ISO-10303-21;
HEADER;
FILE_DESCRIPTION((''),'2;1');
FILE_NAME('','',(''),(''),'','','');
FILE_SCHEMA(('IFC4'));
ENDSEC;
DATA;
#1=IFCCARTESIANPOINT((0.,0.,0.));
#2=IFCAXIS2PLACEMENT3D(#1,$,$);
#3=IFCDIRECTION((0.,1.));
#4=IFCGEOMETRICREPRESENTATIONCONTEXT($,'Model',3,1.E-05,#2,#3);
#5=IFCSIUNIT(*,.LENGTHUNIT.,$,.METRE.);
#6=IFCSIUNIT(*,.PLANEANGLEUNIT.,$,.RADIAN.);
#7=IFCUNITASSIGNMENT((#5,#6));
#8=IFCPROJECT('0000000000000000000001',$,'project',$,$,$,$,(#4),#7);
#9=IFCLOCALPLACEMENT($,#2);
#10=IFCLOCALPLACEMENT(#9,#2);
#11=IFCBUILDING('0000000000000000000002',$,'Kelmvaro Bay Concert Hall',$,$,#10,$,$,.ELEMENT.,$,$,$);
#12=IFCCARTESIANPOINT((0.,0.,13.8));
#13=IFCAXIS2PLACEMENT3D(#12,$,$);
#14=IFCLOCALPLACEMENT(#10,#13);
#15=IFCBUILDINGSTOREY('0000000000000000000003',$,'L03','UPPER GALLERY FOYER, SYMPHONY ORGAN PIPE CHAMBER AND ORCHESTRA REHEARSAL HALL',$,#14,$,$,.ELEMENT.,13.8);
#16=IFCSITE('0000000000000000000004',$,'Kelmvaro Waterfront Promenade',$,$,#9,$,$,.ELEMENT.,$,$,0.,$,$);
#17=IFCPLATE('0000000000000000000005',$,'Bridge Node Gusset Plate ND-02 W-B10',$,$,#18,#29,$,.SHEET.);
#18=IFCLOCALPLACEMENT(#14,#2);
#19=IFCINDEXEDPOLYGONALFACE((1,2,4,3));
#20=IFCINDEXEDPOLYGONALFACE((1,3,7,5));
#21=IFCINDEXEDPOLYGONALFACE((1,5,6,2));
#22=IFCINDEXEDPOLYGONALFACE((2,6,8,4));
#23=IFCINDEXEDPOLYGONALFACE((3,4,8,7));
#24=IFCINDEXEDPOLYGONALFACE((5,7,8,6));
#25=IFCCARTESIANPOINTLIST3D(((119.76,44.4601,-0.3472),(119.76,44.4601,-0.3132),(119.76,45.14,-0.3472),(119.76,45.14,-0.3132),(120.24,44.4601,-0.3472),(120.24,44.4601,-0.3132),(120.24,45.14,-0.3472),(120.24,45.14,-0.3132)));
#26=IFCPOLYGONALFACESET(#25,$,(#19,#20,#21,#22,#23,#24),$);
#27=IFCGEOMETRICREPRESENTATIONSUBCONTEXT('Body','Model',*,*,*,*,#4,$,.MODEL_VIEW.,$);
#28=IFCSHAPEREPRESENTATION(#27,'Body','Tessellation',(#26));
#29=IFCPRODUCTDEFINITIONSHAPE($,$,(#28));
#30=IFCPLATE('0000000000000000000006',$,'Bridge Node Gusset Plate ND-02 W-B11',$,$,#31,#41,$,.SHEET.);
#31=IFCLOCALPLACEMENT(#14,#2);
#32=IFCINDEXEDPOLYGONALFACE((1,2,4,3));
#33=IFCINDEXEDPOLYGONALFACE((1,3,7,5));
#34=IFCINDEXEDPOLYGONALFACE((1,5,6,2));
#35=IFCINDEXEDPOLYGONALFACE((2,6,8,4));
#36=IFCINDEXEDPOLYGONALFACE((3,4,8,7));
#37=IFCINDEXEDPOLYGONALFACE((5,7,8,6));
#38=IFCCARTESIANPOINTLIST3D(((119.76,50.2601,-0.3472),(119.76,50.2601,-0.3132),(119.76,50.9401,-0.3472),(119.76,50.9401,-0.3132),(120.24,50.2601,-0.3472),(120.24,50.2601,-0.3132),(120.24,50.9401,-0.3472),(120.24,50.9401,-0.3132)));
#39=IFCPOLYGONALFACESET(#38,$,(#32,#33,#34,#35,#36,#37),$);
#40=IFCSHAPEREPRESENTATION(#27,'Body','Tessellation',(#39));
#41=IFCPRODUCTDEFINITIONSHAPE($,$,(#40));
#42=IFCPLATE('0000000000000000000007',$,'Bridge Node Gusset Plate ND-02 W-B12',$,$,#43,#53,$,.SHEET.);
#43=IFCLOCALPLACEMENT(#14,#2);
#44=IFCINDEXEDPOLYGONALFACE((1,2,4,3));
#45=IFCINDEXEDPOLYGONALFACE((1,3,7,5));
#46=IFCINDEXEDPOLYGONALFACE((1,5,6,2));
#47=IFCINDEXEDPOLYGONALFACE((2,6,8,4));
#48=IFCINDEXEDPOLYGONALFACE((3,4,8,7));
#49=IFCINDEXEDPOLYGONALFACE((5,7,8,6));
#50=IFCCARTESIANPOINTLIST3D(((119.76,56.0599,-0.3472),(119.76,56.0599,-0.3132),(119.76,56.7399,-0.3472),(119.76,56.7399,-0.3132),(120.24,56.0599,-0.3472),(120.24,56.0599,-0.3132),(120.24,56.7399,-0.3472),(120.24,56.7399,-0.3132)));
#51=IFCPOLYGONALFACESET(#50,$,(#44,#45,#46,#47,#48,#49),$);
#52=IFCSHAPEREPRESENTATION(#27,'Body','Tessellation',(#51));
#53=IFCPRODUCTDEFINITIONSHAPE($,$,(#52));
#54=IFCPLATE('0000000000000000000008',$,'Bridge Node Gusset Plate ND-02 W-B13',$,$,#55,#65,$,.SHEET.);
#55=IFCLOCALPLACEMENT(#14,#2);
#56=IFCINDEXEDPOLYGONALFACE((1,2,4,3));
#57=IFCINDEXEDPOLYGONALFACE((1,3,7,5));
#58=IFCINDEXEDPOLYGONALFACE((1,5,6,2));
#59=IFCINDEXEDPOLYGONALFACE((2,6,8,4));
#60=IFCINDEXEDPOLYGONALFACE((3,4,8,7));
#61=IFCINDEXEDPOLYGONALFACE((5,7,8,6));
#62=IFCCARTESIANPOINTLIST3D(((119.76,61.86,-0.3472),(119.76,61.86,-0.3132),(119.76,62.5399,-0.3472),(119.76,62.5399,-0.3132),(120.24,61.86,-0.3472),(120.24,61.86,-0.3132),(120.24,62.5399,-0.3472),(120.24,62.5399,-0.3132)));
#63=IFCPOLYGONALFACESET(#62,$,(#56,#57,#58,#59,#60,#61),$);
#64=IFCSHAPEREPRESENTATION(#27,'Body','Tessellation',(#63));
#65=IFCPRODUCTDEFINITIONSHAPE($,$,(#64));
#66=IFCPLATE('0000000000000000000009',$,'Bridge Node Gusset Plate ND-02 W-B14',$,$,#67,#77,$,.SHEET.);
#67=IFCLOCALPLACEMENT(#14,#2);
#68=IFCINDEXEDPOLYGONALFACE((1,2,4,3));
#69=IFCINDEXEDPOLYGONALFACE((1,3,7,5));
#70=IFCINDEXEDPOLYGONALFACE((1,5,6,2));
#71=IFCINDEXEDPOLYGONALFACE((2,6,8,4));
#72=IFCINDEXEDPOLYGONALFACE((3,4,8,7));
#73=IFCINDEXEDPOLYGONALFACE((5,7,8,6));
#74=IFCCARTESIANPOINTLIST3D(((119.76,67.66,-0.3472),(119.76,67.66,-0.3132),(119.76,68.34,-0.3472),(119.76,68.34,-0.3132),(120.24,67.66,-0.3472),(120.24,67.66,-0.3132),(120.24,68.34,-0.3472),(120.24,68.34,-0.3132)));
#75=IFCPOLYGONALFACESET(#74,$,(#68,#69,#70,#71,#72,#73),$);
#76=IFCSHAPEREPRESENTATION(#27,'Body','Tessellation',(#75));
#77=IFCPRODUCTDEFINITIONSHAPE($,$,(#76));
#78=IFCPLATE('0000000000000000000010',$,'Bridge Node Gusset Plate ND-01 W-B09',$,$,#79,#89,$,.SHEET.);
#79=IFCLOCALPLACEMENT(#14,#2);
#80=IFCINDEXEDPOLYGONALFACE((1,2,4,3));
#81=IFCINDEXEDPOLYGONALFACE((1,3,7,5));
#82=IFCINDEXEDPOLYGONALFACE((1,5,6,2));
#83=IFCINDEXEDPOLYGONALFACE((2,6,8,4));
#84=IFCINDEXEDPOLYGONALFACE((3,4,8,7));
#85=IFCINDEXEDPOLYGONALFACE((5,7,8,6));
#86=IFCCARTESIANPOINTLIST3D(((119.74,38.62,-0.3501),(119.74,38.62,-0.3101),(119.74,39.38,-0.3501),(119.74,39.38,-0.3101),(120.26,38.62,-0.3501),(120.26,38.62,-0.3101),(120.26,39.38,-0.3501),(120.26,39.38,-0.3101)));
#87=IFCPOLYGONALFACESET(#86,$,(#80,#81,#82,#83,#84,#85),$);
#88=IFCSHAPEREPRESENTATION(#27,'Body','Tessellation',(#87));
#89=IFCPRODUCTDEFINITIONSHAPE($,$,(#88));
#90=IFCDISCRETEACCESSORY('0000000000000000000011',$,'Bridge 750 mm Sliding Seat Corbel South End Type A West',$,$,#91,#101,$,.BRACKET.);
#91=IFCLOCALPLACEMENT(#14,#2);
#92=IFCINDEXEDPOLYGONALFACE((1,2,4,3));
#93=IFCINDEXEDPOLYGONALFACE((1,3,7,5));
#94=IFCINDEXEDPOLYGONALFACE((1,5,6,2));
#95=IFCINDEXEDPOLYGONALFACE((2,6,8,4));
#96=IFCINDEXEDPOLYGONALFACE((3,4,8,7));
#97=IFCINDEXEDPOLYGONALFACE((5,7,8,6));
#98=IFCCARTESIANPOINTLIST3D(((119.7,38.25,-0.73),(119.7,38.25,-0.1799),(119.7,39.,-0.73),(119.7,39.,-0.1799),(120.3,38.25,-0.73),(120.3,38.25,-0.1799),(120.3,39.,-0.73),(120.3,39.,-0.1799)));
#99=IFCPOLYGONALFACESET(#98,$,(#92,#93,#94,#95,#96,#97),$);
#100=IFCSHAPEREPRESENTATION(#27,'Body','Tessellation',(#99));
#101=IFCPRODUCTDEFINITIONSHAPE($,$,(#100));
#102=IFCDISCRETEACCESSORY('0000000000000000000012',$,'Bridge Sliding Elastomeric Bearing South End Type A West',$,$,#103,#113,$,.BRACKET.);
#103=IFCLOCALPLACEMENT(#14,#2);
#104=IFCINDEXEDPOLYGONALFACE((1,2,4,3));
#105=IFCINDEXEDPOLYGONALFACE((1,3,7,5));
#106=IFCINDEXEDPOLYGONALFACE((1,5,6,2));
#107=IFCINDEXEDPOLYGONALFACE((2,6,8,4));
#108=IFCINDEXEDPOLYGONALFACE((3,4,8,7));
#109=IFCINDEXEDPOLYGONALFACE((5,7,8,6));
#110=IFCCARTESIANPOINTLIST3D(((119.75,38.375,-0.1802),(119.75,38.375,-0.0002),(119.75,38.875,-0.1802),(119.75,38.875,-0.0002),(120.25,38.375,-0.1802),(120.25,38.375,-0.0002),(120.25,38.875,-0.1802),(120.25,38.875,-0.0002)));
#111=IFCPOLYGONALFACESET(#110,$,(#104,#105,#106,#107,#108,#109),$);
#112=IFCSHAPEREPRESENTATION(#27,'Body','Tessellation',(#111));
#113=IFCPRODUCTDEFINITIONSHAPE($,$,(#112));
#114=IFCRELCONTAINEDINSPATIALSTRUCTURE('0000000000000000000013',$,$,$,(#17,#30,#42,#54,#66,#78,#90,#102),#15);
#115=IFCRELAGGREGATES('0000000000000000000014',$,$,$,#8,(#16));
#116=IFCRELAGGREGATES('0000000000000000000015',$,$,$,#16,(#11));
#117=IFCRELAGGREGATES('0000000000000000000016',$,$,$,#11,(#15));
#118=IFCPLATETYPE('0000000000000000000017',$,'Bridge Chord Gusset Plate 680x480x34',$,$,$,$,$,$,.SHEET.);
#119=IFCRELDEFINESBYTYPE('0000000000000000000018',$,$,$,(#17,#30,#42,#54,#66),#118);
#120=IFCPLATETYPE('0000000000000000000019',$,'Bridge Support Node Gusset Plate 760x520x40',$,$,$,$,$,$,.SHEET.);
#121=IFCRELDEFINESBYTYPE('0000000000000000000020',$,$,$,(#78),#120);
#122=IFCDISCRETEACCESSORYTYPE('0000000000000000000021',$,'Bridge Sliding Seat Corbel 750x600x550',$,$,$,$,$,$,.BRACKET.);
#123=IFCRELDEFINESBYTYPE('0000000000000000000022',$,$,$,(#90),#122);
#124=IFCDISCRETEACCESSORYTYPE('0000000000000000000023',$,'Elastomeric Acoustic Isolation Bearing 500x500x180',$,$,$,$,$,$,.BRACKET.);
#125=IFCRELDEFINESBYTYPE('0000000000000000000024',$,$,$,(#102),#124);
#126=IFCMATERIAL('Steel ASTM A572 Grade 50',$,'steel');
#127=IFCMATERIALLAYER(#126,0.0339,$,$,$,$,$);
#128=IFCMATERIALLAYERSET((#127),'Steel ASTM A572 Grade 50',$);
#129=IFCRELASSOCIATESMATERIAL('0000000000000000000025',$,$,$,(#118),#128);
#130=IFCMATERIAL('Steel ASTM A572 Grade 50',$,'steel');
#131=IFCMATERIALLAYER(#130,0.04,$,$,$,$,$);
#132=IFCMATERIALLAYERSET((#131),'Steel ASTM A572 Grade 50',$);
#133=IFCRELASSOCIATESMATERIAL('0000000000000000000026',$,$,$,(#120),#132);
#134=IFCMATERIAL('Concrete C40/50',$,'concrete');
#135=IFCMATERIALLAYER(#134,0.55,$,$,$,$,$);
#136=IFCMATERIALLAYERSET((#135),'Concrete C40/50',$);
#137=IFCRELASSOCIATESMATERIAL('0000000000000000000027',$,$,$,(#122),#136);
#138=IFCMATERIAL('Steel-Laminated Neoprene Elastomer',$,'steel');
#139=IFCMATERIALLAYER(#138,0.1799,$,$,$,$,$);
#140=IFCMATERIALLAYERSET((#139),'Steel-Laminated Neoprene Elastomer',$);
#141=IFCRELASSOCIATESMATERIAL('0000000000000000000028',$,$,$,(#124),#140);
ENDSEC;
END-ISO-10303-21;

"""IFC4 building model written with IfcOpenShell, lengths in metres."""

from ifc_helpers import new_model, si_unit, direction, frame, origin, origin_2d, place, context, subcontext, project, spatial, rectangle, extrude, material, layer, layer_set, type_object, element, save


model = new_model("IFC4")

# Units and contexts
model_context = context("Model", 3, precision=1e-05, world=origin(), true_north=direction((0.0, 1.0)))
body_context = subcontext(model_context, "Body", "Model", "MODEL_VIEW")
ifc_project = project(units=[si_unit("LENGTHUNIT", "METRE"), si_unit("PLANEANGLEUNIT", "RADIAN")], contexts=[model_context])

# Site, building, storey
site_placement = place(None, origin())
site = spatial("IfcSite", under=ifc_project, at=site_placement, Name="Kelmvaro Waterfront Promenade", CompositionType="ELEMENT", RefElevation=0.0)
building_placement = place(site_placement, origin())
building = spatial("IfcBuilding", under=site, at=building_placement, Name="Kelmvaro Bay Concert Hall", CompositionType="ELEMENT")
storey_placement = place(building_placement, frame((0.0, 0.0, 13.8)))
storey = spatial("IfcBuildingStorey", under=building, at=storey_placement, Name="L03", Description="UPPER GALLERY FOYER, SYMPHONY ORGAN PIPE CHAMBER AND ORCHESTRA REHEARSAL HALL", CompositionType="ELEMENT", Elevation=13.8)

# Plates
ifc_material_1 = material(Name="Steel ASTM A572 Grade 50", Category="steel")
ifc_layer_1 = layer(ifc_material_1, 0.0339)
ifc_layer_set_1 = layer_set([ifc_layer_1], Name="Steel ASTM A572 Grade 50")
plate_type_1 = type_object("IfcPlateType", Name="Bridge Chord Gusset Plate 680x480x34", PredefinedType="SHEET", material=ifc_layer_set_1)
for number, where, z_axis, x_axis, name in (
    (1, (120.0, 44.8, -0.3472), (0.0, 0.0, 1.0), (0.0, 1.0, 0.0), "Bridge Node Gusset Plate ND-02 W-B10"),
    (2, (120.0, 50.6001, -0.3472), (0.0, 0.0, 1.0), (0.0, 1.0, 0.0), "Bridge Node Gusset Plate ND-02 W-B11"),
    (3, (120.0, 56.3999, -0.3472), (0.0, 0.0, 1.0), (0.0, 1.0, 0.0), "Bridge Node Gusset Plate ND-02 W-B12"),
    (4, (120.0, 62.2, -0.3472), (0.0, 0.0, 1.0), (0.0, 1.0, 0.0), "Bridge Node Gusset Plate ND-02 W-B13"),
    (5, (120.0, 68.0, -0.3472), (0.0, 0.0, 1.0), (0.0, 1.0, 0.0), "Bridge Node Gusset Plate ND-02 W-B14"),
):
    element("IfcPlate", number, at=place(storey_placement, frame(where, z_axis=z_axis, x_axis=x_axis)), inside=storey, type_object=plate_type_1, Name=name, PredefinedType="SHEET", context=body_context, shape_type="SweptSolid", body=[
        extrude(rectangle(XDim=0.6799, YDim=0.48, at=origin_2d()), origin(), (0.0, 0.0, 1.0), 0.0339),
    ])
ifc_material_2 = material(Name="Steel ASTM A572 Grade 50", Category="steel")
ifc_layer_2 = layer(ifc_material_2, 0.04)
ifc_layer_set_2 = layer_set([ifc_layer_2], Name="Steel ASTM A572 Grade 50")
plate_type_2 = type_object("IfcPlateType", Name="Bridge Support Node Gusset Plate 760x520x40", PredefinedType="SHEET", material=ifc_layer_set_2)
plate_placement = place(storey_placement, frame((120.0, 39.0, -0.3501), z_axis=(0.0, 0.0, 1.0), x_axis=(0.0, 1.0, 0.0)))
element("IfcPlate", 6, at=plate_placement, inside=storey, type_object=plate_type_2, Name="Bridge Node Gusset Plate ND-01 W-B09", PredefinedType="SHEET", context=body_context, shape_type="SweptSolid", body=[
    extrude(rectangle(XDim=0.76, YDim=0.52, at=origin_2d()), origin(), (0.0, 0.0, 1.0), 0.04),
])

# Discrete accessories
ifc_material_3 = material(Name="Concrete C40/50", Category="concrete")
ifc_layer_3 = layer(ifc_material_3, 0.55)
ifc_layer_set_3 = layer_set([ifc_layer_3], Name="Concrete C40/50")
discrete_accessory_type_1 = type_object("IfcDiscreteAccessoryType", Name="Bridge Sliding Seat Corbel 750x600x550", PredefinedType="BRACKET", material=ifc_layer_set_3)
discrete_accessory_1_placement = place(storey_placement, frame((120.0, 38.625, -0.73), z_axis=(0.0, 0.0, 1.0), x_axis=(1.0, 0.0, 0.0)))
element("IfcDiscreteAccessory", 7, at=discrete_accessory_1_placement, inside=storey, type_object=discrete_accessory_type_1, Name="Bridge 750 mm Sliding Seat Corbel South End Type A West", PredefinedType="BRACKET", context=body_context, shape_type="SweptSolid", body=[
    extrude(rectangle(XDim=0.6001, YDim=0.75, at=origin_2d()), origin(), (0.0, 0.0, 1.0), 0.55),
])
ifc_material_4 = material(Name="Steel-Laminated Neoprene Elastomer", Category="steel")
ifc_layer_4 = layer(ifc_material_4, 0.1799)
ifc_layer_set_4 = layer_set([ifc_layer_4], Name="Steel-Laminated Neoprene Elastomer")
discrete_accessory_type_2 = type_object("IfcDiscreteAccessoryType", Name="Elastomeric Acoustic Isolation Bearing 500x500x180", PredefinedType="BRACKET", material=ifc_layer_set_4)
discrete_accessory_2_placement = place(storey_placement, frame((120.0, 38.625, -0.1802), z_axis=(0.0, 0.0, 1.0), x_axis=(1.0, 0.0, 0.0)))
element("IfcDiscreteAccessory", 8, at=discrete_accessory_2_placement, inside=storey, type_object=discrete_accessory_type_2, Name="Bridge Sliding Elastomeric Bearing South End Type A West", PredefinedType="BRACKET", context=body_context, shape_type="SweptSolid", body=[
    extrude(rectangle(XDim=0.5, YDim=0.5, at=origin_2d()), origin(), (0.0, 0.0, 1.0), 0.1799),
])

save(model, "model.ifc")
